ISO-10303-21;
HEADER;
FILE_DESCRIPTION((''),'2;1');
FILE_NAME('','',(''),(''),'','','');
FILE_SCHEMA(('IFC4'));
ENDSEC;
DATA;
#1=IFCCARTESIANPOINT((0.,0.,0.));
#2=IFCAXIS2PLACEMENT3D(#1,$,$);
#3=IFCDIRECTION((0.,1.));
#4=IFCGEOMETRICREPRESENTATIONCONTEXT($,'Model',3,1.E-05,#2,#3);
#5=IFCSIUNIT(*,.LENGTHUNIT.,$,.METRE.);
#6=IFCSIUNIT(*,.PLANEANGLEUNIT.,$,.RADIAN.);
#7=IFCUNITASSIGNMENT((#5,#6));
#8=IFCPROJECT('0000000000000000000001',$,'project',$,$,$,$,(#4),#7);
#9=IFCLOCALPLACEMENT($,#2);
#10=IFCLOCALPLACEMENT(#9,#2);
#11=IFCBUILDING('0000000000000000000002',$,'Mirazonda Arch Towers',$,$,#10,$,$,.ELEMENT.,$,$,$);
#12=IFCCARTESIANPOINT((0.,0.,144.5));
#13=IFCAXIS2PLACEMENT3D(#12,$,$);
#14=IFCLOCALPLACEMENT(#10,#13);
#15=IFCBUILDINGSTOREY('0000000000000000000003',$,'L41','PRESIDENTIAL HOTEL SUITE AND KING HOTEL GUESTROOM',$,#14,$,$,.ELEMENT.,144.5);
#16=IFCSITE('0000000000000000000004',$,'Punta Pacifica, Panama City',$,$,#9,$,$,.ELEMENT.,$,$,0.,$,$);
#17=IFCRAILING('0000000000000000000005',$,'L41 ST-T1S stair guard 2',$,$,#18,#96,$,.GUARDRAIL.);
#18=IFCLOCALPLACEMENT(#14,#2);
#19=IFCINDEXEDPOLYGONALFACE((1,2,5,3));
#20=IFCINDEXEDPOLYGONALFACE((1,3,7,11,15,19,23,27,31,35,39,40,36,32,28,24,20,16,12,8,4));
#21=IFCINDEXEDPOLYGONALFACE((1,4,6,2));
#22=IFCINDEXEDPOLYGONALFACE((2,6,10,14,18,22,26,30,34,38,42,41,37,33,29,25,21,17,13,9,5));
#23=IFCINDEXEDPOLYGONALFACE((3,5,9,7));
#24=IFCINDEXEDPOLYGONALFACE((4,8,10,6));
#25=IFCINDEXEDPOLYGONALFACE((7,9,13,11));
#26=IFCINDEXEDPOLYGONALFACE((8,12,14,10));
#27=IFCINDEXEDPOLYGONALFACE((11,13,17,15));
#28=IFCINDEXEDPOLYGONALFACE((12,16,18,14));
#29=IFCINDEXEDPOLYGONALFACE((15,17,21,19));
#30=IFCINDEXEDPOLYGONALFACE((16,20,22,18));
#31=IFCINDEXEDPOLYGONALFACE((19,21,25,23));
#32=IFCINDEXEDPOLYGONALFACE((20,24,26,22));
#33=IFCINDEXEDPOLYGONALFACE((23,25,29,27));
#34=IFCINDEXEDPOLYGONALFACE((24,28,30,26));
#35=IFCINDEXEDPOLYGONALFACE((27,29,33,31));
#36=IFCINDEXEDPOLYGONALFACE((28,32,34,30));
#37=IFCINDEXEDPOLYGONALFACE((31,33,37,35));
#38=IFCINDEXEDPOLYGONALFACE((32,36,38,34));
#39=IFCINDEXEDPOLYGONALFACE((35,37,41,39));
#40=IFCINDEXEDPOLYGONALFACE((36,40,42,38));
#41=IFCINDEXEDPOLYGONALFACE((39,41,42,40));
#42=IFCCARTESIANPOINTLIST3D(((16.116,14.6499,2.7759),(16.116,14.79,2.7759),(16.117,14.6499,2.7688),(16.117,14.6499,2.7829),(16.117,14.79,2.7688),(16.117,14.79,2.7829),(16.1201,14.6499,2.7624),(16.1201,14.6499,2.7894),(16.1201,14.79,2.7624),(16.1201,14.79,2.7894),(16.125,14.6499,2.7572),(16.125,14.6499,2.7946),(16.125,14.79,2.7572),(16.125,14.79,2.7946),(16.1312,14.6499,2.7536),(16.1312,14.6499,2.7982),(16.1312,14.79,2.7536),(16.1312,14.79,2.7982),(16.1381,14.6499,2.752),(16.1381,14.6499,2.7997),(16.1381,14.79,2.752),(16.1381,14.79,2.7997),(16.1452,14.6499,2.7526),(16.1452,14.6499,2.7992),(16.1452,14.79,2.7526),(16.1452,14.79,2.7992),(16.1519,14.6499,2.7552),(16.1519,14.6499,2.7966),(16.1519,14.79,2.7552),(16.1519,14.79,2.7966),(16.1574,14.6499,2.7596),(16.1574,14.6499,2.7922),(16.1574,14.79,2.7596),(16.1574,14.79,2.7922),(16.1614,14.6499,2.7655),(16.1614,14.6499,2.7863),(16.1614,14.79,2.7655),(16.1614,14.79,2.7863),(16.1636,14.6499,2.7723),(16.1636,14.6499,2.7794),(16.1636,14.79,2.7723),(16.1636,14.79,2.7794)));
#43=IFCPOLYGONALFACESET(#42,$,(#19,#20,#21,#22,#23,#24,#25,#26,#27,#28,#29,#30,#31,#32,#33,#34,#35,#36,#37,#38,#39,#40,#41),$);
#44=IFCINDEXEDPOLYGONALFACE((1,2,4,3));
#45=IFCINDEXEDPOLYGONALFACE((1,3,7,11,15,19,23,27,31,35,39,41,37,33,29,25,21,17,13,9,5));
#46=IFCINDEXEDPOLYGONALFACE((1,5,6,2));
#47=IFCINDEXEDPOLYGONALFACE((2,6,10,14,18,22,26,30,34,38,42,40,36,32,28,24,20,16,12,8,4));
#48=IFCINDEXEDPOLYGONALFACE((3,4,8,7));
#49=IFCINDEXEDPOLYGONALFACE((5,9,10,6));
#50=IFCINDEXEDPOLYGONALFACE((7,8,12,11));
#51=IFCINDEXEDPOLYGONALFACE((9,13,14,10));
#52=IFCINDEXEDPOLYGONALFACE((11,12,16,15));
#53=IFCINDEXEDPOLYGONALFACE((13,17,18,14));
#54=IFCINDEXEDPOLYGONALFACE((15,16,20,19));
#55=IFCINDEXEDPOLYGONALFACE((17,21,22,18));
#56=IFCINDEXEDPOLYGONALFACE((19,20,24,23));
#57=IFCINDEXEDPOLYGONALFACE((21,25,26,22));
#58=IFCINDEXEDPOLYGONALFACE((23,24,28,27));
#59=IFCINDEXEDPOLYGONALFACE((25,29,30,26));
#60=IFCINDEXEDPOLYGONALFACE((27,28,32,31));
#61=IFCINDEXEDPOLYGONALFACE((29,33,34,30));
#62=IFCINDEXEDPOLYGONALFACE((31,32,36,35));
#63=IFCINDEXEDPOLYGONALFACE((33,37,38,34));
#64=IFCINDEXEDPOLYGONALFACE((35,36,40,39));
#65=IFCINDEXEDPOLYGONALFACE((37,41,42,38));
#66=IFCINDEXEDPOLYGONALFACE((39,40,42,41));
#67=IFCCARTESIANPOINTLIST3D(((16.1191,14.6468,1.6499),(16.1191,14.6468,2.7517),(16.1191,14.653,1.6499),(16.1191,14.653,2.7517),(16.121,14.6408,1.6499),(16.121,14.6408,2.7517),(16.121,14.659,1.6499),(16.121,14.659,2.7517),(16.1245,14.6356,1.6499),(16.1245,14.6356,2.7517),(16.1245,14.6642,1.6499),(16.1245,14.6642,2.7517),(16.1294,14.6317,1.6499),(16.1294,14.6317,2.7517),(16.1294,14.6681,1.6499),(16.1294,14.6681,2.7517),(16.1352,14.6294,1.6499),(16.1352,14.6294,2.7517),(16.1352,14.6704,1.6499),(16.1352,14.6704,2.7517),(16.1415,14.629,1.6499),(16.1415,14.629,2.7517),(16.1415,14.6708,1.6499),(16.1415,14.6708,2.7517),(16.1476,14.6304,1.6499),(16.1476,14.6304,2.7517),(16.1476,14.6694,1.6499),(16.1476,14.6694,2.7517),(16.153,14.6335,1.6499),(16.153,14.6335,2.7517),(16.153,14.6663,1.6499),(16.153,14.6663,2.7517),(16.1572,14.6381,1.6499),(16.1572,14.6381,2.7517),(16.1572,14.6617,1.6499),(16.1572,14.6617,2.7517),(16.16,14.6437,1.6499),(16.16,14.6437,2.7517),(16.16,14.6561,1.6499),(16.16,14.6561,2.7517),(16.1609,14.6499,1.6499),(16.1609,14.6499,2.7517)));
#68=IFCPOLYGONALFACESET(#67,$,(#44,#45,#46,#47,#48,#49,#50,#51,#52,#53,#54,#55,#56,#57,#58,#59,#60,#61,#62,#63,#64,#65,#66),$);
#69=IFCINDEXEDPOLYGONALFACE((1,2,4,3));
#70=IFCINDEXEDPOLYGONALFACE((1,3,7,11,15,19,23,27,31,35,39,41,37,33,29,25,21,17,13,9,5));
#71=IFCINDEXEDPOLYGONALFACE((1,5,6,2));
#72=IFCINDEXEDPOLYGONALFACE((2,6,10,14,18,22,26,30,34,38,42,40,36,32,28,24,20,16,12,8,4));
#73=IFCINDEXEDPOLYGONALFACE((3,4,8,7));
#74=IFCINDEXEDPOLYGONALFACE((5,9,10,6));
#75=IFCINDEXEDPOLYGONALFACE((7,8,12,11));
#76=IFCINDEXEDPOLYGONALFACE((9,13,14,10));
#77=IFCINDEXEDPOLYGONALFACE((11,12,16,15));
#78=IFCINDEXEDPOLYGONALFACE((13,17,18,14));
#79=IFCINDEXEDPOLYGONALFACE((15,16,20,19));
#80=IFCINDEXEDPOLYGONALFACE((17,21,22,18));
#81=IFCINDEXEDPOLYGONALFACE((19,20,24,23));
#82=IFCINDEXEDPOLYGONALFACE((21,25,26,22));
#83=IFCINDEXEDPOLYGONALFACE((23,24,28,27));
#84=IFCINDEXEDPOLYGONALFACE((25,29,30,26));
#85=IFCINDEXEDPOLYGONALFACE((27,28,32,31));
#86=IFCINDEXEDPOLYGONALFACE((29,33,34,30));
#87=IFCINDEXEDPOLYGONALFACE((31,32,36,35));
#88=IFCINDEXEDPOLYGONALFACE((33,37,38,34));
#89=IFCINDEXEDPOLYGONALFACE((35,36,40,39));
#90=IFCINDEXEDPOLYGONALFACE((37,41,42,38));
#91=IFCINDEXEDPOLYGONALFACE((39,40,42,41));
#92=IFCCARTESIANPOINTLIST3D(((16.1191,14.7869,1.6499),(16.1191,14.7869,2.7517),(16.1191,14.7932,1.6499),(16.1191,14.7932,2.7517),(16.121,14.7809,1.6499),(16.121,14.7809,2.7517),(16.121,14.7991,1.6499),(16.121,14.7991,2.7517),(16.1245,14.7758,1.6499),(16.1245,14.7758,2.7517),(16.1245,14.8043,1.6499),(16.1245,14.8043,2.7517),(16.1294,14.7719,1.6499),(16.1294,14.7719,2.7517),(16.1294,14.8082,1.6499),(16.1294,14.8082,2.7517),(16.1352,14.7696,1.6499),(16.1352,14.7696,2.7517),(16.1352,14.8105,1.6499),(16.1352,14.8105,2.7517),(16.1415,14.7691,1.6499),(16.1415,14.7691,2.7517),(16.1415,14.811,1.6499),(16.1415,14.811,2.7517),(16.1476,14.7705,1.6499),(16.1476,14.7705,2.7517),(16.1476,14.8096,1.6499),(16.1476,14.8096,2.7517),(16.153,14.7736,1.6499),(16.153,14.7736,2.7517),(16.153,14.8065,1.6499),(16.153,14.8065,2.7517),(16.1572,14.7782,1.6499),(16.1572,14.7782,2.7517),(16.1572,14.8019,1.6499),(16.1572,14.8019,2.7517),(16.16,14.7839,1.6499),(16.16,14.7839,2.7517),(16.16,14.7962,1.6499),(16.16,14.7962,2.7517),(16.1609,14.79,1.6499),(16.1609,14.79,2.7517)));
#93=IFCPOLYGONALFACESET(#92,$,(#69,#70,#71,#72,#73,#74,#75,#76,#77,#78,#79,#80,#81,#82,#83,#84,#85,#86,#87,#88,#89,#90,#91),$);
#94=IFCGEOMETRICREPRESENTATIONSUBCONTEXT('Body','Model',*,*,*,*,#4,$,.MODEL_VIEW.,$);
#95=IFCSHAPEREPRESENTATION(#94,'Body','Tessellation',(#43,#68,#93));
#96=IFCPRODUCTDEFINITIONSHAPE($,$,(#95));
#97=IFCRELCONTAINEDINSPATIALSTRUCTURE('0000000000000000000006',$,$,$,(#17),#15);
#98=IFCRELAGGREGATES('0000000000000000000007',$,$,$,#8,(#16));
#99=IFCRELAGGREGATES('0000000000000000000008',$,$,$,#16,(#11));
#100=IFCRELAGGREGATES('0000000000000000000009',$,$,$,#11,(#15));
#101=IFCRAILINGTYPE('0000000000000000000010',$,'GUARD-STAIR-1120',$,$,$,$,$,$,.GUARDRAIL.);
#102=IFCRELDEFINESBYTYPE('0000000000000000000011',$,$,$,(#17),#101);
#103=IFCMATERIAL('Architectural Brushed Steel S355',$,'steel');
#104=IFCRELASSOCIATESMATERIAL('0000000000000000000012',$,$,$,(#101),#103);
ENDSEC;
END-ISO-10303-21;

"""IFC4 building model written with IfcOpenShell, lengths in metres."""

from ifc_helpers import new_model, si_unit, direction, frame, origin, origin_2d, place, context, subcontext, project, spatial, circle, extrude, material, type_object, element, save


model = new_model("IFC4")

# Units and contexts
model_context = context("Model", 3, precision=1e-05, world=origin(), true_north=direction((0.0, 1.0)))
body_context = subcontext(model_context, "Body", "Model", "MODEL_VIEW")
ifc_project = project(units=[si_unit("LENGTHUNIT", "METRE"), si_unit("PLANEANGLEUNIT", "RADIAN")], contexts=[model_context])

# Site, building, storey
site_placement = place(None, origin())
site = spatial("IfcSite", under=ifc_project, at=site_placement, Name="Punta Pacifica, Panama City", CompositionType="ELEMENT", RefElevation=0.0)
building_placement = place(site_placement, origin())
building = spatial("IfcBuilding", under=site, at=building_placement, Name="Mirazonda Arch Towers", CompositionType="ELEMENT")
storey_placement = place(building_placement, frame((0.0, 0.0, 144.5)))
storey = spatial("IfcBuildingStorey", under=building, at=storey_placement, Name="L41", Description="PRESIDENTIAL HOTEL SUITE AND KING HOTEL GUESTROOM", CompositionType="ELEMENT", Elevation=144.5)

# Shared definitions
ifc_material_1 = material(Name="Architectural Brushed Steel S355", Category="steel")

# Railing
railing_type_1 = type_object("IfcRailingType", Name="GUARD-STAIR-1120", PredefinedType="GUARDRAIL", material=ifc_material_1)
railing_1_placement = place(storey_placement, frame((16.1399, 14.6499, 1.6499)))
element("IfcRailing", 1, at=railing_1_placement, inside=storey, type_object=railing_type_1, Name="L41 ST-T1S stair guard 2", PredefinedType="GUARDRAIL", context=body_context, shape_type="SweptSolid", body=[
    extrude(circle(Radius=0.0239, at=origin_2d()), frame((0.0, 0.0, 1.126), z_axis=(0.0, 1.0, 0.0), x_axis=(-1.0, 0.0, 0.0)), (0.0, 0.0, 1.0), 0.1401),
    extrude(circle(Radius=0.021, at=origin_2d()), origin(), (0.0, 0.0, 1.0), 1.1018),
    extrude(circle(Radius=0.021, at=origin_2d()), frame((0.0, 0.1401, 0.0)), (0.0, 0.0, 1.0), 1.1018),
])

save(model, "model.ifc")
